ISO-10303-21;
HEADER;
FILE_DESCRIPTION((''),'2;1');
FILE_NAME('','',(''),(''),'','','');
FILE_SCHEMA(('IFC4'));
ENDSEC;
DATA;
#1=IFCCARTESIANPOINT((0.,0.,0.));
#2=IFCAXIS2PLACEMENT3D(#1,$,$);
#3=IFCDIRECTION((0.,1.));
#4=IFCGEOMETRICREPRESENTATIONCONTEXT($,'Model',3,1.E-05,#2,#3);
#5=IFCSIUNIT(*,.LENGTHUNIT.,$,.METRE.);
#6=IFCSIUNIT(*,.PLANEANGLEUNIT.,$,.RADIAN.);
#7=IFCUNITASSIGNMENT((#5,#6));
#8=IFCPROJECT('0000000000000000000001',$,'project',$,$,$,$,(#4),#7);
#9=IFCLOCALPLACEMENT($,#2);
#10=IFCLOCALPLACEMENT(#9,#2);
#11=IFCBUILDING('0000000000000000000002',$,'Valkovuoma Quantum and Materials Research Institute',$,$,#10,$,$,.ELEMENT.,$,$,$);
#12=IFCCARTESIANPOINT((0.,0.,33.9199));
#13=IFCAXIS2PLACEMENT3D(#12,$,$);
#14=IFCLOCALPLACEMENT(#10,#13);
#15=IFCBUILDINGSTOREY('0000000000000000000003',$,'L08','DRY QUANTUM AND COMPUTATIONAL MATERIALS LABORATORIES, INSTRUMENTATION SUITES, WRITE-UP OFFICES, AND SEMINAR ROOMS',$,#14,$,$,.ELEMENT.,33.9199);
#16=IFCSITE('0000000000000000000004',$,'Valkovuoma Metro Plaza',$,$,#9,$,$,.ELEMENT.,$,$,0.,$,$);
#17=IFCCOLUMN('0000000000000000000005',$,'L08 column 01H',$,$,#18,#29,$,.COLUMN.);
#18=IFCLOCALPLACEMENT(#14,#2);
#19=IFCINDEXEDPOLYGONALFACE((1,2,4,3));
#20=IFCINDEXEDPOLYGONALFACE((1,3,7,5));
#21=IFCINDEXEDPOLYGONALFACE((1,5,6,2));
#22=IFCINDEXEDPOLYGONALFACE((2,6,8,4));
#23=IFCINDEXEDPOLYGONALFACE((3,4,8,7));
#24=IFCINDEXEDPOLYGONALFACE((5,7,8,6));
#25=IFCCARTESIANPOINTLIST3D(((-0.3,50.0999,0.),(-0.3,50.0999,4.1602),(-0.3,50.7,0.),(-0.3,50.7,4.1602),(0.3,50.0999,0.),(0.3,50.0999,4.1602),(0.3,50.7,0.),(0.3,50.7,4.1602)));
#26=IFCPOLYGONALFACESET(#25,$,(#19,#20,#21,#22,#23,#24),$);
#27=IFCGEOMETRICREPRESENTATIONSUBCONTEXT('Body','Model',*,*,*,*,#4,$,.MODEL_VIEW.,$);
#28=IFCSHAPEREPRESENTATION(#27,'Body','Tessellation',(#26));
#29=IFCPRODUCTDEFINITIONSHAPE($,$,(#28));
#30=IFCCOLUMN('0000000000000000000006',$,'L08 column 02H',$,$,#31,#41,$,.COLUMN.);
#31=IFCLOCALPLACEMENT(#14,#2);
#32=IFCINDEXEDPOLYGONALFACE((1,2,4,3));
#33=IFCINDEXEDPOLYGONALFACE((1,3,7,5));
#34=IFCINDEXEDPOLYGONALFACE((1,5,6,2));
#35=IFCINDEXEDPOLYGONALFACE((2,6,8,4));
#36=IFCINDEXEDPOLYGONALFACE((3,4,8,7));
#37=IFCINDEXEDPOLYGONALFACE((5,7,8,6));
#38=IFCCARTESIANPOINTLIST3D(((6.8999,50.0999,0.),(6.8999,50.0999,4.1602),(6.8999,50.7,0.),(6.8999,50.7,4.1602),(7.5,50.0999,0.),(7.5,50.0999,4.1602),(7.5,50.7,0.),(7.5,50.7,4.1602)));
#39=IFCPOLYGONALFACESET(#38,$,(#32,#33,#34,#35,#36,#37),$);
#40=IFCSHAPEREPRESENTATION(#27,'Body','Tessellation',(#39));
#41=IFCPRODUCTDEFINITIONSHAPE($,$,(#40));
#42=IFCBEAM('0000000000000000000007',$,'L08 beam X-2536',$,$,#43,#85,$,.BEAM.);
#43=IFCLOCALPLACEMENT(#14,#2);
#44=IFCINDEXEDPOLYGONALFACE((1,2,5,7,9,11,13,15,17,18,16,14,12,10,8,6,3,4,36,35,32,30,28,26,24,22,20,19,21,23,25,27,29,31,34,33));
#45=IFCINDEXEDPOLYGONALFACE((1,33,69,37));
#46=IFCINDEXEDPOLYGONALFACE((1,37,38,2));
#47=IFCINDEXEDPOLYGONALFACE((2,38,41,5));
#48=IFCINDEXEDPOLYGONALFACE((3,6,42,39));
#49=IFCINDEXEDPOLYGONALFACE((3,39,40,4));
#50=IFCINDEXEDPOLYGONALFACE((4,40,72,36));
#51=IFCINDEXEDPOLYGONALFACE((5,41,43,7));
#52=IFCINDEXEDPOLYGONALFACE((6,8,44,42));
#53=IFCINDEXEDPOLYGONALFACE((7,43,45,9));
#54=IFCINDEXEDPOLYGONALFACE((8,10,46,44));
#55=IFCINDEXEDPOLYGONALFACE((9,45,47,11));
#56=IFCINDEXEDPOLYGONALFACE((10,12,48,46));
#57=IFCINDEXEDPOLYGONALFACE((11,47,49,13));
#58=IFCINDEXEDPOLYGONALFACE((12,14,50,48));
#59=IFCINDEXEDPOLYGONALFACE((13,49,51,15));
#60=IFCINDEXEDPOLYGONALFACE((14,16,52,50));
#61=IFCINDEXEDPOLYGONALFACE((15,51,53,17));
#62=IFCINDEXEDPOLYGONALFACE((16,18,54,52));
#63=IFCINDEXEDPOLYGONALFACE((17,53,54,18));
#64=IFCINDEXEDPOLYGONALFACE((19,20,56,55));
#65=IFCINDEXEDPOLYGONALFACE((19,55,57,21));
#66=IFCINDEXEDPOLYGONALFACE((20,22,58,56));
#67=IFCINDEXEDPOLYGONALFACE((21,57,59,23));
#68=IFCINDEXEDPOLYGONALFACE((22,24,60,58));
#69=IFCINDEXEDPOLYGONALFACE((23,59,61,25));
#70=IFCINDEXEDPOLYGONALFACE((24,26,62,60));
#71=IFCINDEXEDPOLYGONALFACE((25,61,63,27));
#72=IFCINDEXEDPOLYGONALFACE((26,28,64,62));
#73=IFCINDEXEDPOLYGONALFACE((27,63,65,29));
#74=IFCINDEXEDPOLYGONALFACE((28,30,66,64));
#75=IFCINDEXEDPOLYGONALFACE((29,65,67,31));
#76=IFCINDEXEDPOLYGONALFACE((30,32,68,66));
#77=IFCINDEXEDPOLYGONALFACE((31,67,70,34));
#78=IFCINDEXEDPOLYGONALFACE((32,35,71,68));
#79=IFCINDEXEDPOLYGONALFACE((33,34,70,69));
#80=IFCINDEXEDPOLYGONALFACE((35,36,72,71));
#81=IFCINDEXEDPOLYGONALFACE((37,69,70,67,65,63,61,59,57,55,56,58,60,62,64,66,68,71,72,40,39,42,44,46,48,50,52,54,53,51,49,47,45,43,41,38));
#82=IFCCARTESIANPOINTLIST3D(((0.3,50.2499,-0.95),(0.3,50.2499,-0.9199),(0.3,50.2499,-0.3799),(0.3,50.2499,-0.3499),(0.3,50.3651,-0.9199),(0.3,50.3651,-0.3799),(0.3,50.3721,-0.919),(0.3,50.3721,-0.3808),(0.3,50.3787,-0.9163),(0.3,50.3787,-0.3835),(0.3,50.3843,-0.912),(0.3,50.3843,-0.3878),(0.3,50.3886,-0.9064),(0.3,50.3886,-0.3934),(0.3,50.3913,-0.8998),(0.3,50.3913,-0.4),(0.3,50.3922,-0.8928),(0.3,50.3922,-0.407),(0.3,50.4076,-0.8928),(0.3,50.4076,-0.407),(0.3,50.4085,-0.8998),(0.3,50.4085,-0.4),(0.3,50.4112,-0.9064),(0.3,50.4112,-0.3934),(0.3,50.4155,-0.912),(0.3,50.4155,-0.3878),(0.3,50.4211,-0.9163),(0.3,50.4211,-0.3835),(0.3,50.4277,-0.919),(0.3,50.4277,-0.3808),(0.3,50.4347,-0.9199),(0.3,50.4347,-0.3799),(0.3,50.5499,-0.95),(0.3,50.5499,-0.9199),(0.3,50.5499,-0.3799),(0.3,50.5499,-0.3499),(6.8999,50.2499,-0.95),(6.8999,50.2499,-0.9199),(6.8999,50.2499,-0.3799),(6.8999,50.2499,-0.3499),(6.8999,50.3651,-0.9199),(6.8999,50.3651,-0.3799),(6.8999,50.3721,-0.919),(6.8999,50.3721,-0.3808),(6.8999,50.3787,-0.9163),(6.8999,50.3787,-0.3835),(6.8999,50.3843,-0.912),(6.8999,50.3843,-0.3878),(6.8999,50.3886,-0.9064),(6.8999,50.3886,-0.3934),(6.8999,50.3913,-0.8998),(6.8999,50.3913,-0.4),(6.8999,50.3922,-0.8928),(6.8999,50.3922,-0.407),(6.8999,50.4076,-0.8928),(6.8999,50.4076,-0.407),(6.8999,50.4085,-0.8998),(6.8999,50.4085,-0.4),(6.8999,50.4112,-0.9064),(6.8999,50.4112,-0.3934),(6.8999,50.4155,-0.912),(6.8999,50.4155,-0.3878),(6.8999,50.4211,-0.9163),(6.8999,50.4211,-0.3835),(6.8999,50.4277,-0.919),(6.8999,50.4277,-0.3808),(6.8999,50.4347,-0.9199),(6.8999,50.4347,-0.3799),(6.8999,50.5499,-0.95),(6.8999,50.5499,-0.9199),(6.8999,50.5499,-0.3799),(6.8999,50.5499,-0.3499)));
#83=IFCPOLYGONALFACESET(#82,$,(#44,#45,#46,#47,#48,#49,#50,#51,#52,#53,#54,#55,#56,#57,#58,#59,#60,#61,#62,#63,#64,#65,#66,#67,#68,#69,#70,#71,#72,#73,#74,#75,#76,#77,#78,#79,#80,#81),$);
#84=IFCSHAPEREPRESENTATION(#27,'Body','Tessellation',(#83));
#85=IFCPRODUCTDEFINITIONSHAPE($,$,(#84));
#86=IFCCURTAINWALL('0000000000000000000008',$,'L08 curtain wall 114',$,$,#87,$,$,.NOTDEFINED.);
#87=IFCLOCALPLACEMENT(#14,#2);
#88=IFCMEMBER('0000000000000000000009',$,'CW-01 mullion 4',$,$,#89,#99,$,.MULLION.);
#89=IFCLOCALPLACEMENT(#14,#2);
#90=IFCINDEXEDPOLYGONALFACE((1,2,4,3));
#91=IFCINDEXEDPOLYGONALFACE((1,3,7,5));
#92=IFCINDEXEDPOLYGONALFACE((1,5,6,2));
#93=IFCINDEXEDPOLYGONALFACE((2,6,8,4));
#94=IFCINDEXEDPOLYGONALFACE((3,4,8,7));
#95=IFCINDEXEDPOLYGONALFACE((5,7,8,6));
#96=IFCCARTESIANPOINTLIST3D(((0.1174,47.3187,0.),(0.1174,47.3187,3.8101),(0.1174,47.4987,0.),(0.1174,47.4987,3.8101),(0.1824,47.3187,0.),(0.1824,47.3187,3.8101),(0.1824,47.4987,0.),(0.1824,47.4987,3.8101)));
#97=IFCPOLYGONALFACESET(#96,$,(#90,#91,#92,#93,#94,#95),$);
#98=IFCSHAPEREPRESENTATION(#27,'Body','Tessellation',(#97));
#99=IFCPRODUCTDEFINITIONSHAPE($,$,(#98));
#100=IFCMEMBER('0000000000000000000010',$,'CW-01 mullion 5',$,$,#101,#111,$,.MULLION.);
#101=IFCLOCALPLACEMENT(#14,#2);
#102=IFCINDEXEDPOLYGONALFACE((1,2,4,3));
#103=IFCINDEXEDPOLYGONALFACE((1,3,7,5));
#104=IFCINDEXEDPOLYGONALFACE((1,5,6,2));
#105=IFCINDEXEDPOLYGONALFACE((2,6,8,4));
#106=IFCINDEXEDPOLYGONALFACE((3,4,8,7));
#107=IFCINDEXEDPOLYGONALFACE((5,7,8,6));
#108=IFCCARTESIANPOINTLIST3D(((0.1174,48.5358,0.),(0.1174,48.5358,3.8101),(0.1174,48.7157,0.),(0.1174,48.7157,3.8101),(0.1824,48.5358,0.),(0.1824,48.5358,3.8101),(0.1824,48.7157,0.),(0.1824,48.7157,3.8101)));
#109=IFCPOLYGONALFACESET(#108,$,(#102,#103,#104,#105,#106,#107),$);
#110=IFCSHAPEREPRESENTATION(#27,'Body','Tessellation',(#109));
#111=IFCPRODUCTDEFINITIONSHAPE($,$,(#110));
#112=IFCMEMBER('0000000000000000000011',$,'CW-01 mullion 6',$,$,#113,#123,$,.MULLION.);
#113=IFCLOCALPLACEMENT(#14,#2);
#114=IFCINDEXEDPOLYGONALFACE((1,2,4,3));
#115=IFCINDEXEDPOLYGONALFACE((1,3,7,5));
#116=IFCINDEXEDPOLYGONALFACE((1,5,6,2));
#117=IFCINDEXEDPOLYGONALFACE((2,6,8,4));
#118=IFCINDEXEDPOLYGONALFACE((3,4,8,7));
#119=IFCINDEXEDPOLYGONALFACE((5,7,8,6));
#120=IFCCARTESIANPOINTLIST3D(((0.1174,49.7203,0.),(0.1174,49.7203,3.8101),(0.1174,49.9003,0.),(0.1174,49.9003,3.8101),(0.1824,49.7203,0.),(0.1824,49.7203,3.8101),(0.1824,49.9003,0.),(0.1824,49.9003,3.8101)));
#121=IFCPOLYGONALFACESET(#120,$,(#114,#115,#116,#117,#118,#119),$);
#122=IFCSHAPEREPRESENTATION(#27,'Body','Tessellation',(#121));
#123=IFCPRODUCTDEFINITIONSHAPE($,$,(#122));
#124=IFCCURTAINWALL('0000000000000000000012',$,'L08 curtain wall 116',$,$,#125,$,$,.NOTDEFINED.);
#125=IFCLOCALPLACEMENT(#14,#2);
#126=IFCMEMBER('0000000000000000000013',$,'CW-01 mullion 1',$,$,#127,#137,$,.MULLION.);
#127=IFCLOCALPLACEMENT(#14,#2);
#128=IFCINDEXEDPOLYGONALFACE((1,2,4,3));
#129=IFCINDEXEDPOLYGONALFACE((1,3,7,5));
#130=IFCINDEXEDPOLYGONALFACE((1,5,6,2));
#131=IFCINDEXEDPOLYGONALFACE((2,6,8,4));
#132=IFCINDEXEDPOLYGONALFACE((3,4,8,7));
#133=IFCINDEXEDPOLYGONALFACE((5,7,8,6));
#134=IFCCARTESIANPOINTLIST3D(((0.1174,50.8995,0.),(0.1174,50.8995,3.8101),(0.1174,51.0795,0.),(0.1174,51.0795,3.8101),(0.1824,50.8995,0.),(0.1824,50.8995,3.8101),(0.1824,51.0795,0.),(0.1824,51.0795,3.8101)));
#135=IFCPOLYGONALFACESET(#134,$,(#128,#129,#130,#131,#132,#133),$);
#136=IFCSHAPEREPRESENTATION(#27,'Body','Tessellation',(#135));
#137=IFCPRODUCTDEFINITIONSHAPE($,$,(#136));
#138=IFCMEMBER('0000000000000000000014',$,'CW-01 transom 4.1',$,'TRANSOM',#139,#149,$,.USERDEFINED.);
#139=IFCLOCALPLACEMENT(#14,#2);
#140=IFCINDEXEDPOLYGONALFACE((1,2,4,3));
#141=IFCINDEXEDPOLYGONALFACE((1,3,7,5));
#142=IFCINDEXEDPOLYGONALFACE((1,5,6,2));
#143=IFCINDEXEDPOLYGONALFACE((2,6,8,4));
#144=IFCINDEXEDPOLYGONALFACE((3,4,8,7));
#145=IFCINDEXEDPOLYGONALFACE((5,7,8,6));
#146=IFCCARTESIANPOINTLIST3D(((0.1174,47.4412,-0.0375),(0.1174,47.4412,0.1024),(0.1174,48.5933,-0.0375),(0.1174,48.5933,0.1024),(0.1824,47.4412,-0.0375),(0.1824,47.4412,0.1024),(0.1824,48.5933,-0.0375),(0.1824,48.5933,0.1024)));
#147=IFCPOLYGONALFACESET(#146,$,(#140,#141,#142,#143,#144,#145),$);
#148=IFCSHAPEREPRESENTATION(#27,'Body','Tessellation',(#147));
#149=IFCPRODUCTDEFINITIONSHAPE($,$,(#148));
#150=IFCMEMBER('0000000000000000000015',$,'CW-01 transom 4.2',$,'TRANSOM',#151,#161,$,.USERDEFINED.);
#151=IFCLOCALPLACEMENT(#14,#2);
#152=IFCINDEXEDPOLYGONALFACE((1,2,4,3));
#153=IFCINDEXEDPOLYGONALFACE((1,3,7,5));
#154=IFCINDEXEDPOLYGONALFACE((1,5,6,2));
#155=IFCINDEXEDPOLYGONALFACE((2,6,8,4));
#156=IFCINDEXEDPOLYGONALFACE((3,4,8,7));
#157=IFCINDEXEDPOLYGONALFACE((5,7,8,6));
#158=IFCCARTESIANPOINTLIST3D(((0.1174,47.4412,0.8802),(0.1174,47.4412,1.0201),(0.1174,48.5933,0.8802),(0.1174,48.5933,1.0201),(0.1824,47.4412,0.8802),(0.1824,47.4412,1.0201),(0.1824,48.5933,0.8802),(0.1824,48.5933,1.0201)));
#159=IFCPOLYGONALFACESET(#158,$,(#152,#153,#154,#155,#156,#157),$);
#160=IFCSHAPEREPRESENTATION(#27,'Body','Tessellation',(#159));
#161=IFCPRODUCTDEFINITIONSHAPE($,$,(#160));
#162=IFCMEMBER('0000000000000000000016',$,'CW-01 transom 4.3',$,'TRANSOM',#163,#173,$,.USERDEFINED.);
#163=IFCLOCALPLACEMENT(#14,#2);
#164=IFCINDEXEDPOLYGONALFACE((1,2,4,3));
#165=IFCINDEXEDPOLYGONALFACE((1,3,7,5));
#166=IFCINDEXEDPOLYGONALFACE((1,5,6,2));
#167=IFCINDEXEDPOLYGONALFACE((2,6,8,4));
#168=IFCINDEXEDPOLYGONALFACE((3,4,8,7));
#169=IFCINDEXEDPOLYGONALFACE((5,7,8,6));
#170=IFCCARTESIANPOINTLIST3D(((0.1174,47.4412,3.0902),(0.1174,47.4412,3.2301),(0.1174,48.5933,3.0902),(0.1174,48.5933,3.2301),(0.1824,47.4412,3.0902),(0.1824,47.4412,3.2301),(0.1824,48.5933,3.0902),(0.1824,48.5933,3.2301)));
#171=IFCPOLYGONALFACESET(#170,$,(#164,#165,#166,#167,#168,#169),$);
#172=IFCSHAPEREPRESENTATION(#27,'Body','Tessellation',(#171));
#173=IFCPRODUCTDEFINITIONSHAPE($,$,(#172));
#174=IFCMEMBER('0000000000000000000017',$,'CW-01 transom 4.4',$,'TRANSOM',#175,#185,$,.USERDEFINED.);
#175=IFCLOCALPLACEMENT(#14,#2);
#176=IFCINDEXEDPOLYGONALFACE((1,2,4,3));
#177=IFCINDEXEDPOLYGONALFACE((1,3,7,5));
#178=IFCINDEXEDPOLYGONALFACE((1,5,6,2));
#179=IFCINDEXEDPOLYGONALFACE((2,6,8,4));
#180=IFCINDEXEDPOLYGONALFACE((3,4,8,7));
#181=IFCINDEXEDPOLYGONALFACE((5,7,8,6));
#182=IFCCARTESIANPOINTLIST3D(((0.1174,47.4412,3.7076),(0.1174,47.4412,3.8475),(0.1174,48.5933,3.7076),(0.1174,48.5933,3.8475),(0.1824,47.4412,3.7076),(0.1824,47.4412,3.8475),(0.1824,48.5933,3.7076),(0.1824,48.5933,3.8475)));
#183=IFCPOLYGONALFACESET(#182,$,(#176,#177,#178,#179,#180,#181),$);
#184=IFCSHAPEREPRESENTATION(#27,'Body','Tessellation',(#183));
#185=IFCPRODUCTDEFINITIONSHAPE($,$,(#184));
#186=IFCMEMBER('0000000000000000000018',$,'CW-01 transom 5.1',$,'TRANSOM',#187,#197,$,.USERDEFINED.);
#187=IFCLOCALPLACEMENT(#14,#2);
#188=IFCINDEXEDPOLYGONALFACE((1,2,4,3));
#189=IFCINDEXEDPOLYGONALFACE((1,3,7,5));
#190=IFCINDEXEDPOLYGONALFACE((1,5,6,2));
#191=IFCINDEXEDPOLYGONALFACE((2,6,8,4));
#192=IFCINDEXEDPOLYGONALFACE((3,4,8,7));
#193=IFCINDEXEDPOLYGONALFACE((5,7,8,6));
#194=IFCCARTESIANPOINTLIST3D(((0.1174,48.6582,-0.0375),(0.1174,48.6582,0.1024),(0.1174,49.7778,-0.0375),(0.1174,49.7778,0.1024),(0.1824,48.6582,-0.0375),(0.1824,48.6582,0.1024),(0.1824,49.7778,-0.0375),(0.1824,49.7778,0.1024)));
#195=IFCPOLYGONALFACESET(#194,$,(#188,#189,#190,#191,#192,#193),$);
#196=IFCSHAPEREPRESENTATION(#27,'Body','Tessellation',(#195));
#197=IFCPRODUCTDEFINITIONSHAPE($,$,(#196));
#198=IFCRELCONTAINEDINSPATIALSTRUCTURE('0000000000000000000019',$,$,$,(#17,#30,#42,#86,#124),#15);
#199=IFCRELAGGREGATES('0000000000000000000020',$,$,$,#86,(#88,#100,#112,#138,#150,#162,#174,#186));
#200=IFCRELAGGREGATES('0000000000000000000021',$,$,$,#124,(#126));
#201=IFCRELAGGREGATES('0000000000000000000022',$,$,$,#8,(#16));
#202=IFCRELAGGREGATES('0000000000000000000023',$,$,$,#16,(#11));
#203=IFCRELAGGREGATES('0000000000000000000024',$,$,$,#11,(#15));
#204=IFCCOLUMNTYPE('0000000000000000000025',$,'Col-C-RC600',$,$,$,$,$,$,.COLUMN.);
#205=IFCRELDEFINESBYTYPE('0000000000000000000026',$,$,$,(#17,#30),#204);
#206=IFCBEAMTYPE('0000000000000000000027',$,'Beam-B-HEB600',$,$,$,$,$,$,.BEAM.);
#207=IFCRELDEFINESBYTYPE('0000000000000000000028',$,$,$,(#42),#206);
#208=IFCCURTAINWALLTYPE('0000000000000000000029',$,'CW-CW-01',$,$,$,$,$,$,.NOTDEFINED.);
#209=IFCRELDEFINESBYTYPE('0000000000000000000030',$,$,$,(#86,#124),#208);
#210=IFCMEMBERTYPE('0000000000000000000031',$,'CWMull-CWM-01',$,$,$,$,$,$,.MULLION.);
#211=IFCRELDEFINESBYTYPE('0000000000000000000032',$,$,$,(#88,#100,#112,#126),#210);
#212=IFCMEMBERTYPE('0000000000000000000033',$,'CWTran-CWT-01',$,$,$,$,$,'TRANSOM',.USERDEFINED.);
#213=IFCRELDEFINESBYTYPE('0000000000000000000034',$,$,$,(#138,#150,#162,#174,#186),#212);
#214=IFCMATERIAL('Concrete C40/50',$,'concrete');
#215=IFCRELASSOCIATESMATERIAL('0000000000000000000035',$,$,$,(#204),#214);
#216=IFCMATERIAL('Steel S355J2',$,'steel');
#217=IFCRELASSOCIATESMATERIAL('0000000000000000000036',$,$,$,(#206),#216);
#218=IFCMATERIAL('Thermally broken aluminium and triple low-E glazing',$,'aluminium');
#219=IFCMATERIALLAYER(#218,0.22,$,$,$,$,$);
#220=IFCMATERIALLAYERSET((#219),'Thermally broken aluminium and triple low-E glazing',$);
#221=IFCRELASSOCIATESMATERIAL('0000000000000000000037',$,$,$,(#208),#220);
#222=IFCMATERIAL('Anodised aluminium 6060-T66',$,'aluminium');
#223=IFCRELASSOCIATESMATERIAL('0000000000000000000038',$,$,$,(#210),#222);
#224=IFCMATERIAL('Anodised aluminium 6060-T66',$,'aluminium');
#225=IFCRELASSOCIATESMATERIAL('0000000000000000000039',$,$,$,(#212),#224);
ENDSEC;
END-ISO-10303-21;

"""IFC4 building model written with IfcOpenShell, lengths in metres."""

from ifc_helpers import new_model, si_unit, direction, frame, origin, origin_2d, place, context, subcontext, project, spatial, rectangle, i_section, extrude, material, layer, layer_set, material_profile, profile_set, type_object, element, aggregate, save


model = new_model("IFC4")

# Units and contexts
model_context = context("Model", 3, precision=1e-05, world=origin(), true_north=direction((0.0, 1.0)))
body_context = subcontext(model_context, "Body", "Model", "MODEL_VIEW")
ifc_project = project(units=[si_unit("LENGTHUNIT", "METRE"), si_unit("PLANEANGLEUNIT", "RADIAN")], contexts=[model_context])

# Site, building, storey
site_placement = place(None, origin())
site = spatial("IfcSite", under=ifc_project, at=site_placement, Name="Valkovuoma Metro Plaza", CompositionType="ELEMENT", RefElevation=0.0)
building_placement = place(site_placement, origin())
building = spatial("IfcBuilding", under=site, at=building_placement, Name="Valkovuoma Quantum and Materials Research Institute", CompositionType="ELEMENT")
storey_placement = place(building_placement, frame((0.0, 0.0, 33.9199)))
storey = spatial("IfcBuildingStorey", under=building, at=storey_placement, Name="L08", Description="DRY QUANTUM AND COMPUTATIONAL MATERIALS LABORATORIES, INSTRUMENTATION SUITES, WRITE-UP OFFICES, AND SEMINAR ROOMS", CompositionType="ELEMENT", Elevation=33.9199)

# Columns
ifc_material_1 = material(Name="Concrete C40/50", Category="concrete")
ifc_material_profile_1 = material_profile(ifc_material_1, rectangle(XDim=0.6001, YDim=0.6001, at=origin_2d()), Name="Concrete C40/50")
ifc_profile_set_1 = profile_set([ifc_material_profile_1], Name="Concrete C40/50")
column_type = type_object("IfcColumnType", Name="Col-C-RC600", PredefinedType="COLUMN", material=ifc_profile_set_1)
for number, where, z_axis, x_axis, name in (
    (1, (0.0, 50.3999, 0.0), (0.0, 0.0, 1.0), (1.0, 0.0, 0.0), "L08 column 01H"),
    (2, (7.2, 50.3999, 0.0), (0.0, 0.0, 1.0), (1.0, 0.0, 0.0), "L08 column 02H"),
):
    element("IfcColumn", number, at=place(storey_placement, frame(where, z_axis=z_axis, x_axis=x_axis)), inside=storey, type_object=column_type, Name=name, PredefinedType="COLUMN", context=body_context, shape_type="SweptSolid", body=[
        extrude(rectangle(XDim=0.6001, YDim=0.6001, at=origin_2d()), origin(), (0.0, 0.0, 1.0), 4.1602),
    ])

# Beam
ifc_material_2 = material(Name="Steel S355J2", Category="steel")
ifc_material_profile_2 = material_profile(ifc_material_2, i_section(OverallWidth=0.3, OverallDepth=0.6001, WebThickness=0.0154, FlangeThickness=0.03, FilletRadius=0.0271, at=origin_2d()), Name="Steel S355J2")
ifc_profile_set_2 = profile_set([ifc_material_profile_2], Name="Steel S355J2")
beam_type = type_object("IfcBeamType", Name="Beam-B-HEB600", PredefinedType="BEAM", material=ifc_profile_set_2)
beam_placement = place(storey_placement, frame((0.3, 50.3999, -0.6499), z_axis=(1.0, 0.0, 0.0), x_axis=(0.0, 1.0, 0.0)))
element("IfcBeam", 3, at=beam_placement, inside=storey, type_object=beam_type, Name="L08 beam X-2536", PredefinedType="BEAM", context=body_context, shape_type="SweptSolid", body=[
    extrude(i_section(OverallWidth=0.3, OverallDepth=0.6001, WebThickness=0.0154, FlangeThickness=0.03, FilletRadius=0.0271, at=origin_2d()), origin(), (0.0, 0.0, 1.0), 6.5999),
])

# Curtain wall, members
ifc_material_3 = material(Name="Thermally broken aluminium and triple low-E glazing", Category="aluminium")
ifc_layer_1 = layer(ifc_material_3, 0.22)
ifc_layer_set_1 = layer_set([ifc_layer_1], Name="Thermally broken aluminium and triple low-E glazing")
curtain_wall_type = type_object("IfcCurtainWallType", Name="CW-CW-01", PredefinedType="NOTDEFINED", material=ifc_layer_set_1)
curtain_wall_1_placement = place(storey_placement, origin())
curtain_wall_1 = element("IfcCurtainWall", 4, at=curtain_wall_1_placement, inside=storey, type_object=curtain_wall_type, Name="L08 curtain wall 114", PredefinedType="NOTDEFINED")
ifc_material_4 = material(Name="Anodised aluminium 6060-T66", Category="aluminium")
ifc_material_profile_3 = material_profile(ifc_material_4, rectangle(XDim=0.0649, YDim=0.1799, at=origin_2d()), Name="Anodised aluminium 6060-T66")
ifc_profile_set_3 = profile_set([ifc_material_profile_3], Name="Anodised aluminium 6060-T66")
member_type_1 = type_object("IfcMemberType", Name="CWMull-CWM-01", PredefinedType="MULLION", material=ifc_profile_set_3)
member_1_placement = place(storey_placement, frame((0.1499, 47.4087, 0.0), z_axis=(0.0, 0.0, 1.0), x_axis=(-1.0, 0.0, 0.0)))
member_1 = element("IfcMember", 5, at=member_1_placement, type_object=member_type_1, Name="CW-01 mullion 4", PredefinedType="MULLION", context=body_context, shape_type="SweptSolid", body=[
    extrude(rectangle(XDim=0.0649, YDim=0.1799, at=origin_2d()), origin(), (0.0, 0.0, 1.0), 3.8101),
])
member_2_placement = place(storey_placement, frame((0.1499, 48.6257, 0.0), z_axis=(0.0, 0.0, 1.0), x_axis=(-1.0, 0.0, 0.0)))
member_2 = element("IfcMember", 6, at=member_2_placement, type_object=member_type_1, Name="CW-01 mullion 5", PredefinedType="MULLION", context=body_context, shape_type="SweptSolid", body=[
    extrude(rectangle(XDim=0.0649, YDim=0.1799, at=origin_2d()), origin(), (0.0, 0.0, 1.0), 3.8101),
])
member_3_placement = place(storey_placement, frame((0.1499, 49.8103, 0.0), z_axis=(0.0, 0.0, 1.0), x_axis=(-1.0, 0.0, 0.0)))
member_3 = element("IfcMember", 7, at=member_3_placement, type_object=member_type_1, Name="CW-01 mullion 6", PredefinedType="MULLION", context=body_context, shape_type="SweptSolid", body=[
    extrude(rectangle(XDim=0.0649, YDim=0.1799, at=origin_2d()), origin(), (0.0, 0.0, 1.0), 3.8101),
])

# Curtain wall, member
curtain_wall_2_placement = place(storey_placement, origin())
curtain_wall_2 = element("IfcCurtainWall", 8, at=curtain_wall_2_placement, inside=storey, type_object=curtain_wall_type, Name="L08 curtain wall 116", PredefinedType="NOTDEFINED")
member_4_placement = place(storey_placement, frame((0.1499, 50.9895, 0.0), z_axis=(0.0, 0.0, 1.0), x_axis=(-1.0, 0.0, 0.0)))
member_4 = element("IfcMember", 9, at=member_4_placement, type_object=member_type_1, Name="CW-01 mullion 1", PredefinedType="MULLION", context=body_context, shape_type="SweptSolid", body=[
    extrude(rectangle(XDim=0.0649, YDim=0.1799, at=origin_2d()), origin(), (0.0, 0.0, 1.0), 3.8101),
])

# Members
ifc_material_5 = material(Name="Anodised aluminium 6060-T66", Category="aluminium")
ifc_material_profile_4 = material_profile(ifc_material_5, rectangle(XDim=0.0649, YDim=0.1399, at=origin_2d()), Name="Anodised aluminium 6060-T66")
ifc_profile_set_4 = profile_set([ifc_material_profile_4], Name="Anodised aluminium 6060-T66")
member_type_2 = type_object("IfcMemberType", Name="CWTran-CWT-01", ElementType="TRANSOM", PredefinedType="USERDEFINED", material=ifc_profile_set_4)
member_5_placement = place(storey_placement, frame((0.1499, 47.4412, 0.0325), z_axis=(0.0, 1.0, 0.0), x_axis=(-1.0, 0.0, 0.0)))
member_5 = element("IfcMember", 10, at=member_5_placement, type_object=member_type_2, Name="CW-01 transom 4.1", ObjectType="TRANSOM", PredefinedType="USERDEFINED", context=body_context, shape_type="SweptSolid", body=[
    extrude(rectangle(XDim=0.0649, YDim=0.1399, at=origin_2d()), origin(), (0.0, 0.0, 1.0), 1.1521),
])
member_6_placement = place(storey_placement, frame((0.1499, 47.4412, 0.9502), z_axis=(0.0, 1.0, 0.0), x_axis=(-1.0, 0.0, 0.0)))
member_6 = element("IfcMember", 11, at=member_6_placement, type_object=member_type_2, Name="CW-01 transom 4.2", ObjectType="TRANSOM", PredefinedType="USERDEFINED", context=body_context, shape_type="SweptSolid", body=[
    extrude(rectangle(XDim=0.0649, YDim=0.1399, at=origin_2d()), origin(), (0.0, 0.0, 1.0), 1.1521),
])
member_7_placement = place(storey_placement, frame((0.1499, 47.4412, 3.1602), z_axis=(0.0, 1.0, 0.0), x_axis=(-1.0, 0.0, 0.0)))
member_7 = element("IfcMember", 12, at=member_7_placement, type_object=member_type_2, Name="CW-01 transom 4.3", ObjectType="TRANSOM", PredefinedType="USERDEFINED", context=body_context, shape_type="SweptSolid", body=[
    extrude(rectangle(XDim=0.0649, YDim=0.1399, at=origin_2d()), origin(), (0.0, 0.0, 1.0), 1.1521),
])
member_8_placement = place(storey_placement, frame((0.1499, 47.4412, 3.7776), z_axis=(0.0, 1.0, 0.0), x_axis=(-1.0, 0.0, 0.0)))
member_8 = element("IfcMember", 13, at=member_8_placement, type_object=member_type_2, Name="CW-01 transom 4.4", ObjectType="TRANSOM", PredefinedType="USERDEFINED", context=body_context, shape_type="SweptSolid", body=[
    extrude(rectangle(XDim=0.0649, YDim=0.1399, at=origin_2d()), origin(), (0.0, 0.0, 1.0), 1.1521),
])
member_9_placement = place(storey_placement, frame((0.1499, 48.6582, 0.0325), z_axis=(0.0, 1.0, 0.0), x_axis=(-1.0, 0.0, 0.0)))
member_9 = element("IfcMember", 14, at=member_9_placement, type_object=member_type_2, Name="CW-01 transom 5.1", ObjectType="TRANSOM", PredefinedType="USERDEFINED", context=body_context, shape_type="SweptSolid", body=[
    extrude(rectangle(XDim=0.0649, YDim=0.1399, at=origin_2d()), origin(), (0.0, 0.0, 1.0), 1.1196),
])

aggregate(curtain_wall_1, [member_1, member_2, member_3, member_5, member_6, member_7, member_8, member_9])
aggregate(curtain_wall_2, [member_4])

save(model, "model.ifc")
